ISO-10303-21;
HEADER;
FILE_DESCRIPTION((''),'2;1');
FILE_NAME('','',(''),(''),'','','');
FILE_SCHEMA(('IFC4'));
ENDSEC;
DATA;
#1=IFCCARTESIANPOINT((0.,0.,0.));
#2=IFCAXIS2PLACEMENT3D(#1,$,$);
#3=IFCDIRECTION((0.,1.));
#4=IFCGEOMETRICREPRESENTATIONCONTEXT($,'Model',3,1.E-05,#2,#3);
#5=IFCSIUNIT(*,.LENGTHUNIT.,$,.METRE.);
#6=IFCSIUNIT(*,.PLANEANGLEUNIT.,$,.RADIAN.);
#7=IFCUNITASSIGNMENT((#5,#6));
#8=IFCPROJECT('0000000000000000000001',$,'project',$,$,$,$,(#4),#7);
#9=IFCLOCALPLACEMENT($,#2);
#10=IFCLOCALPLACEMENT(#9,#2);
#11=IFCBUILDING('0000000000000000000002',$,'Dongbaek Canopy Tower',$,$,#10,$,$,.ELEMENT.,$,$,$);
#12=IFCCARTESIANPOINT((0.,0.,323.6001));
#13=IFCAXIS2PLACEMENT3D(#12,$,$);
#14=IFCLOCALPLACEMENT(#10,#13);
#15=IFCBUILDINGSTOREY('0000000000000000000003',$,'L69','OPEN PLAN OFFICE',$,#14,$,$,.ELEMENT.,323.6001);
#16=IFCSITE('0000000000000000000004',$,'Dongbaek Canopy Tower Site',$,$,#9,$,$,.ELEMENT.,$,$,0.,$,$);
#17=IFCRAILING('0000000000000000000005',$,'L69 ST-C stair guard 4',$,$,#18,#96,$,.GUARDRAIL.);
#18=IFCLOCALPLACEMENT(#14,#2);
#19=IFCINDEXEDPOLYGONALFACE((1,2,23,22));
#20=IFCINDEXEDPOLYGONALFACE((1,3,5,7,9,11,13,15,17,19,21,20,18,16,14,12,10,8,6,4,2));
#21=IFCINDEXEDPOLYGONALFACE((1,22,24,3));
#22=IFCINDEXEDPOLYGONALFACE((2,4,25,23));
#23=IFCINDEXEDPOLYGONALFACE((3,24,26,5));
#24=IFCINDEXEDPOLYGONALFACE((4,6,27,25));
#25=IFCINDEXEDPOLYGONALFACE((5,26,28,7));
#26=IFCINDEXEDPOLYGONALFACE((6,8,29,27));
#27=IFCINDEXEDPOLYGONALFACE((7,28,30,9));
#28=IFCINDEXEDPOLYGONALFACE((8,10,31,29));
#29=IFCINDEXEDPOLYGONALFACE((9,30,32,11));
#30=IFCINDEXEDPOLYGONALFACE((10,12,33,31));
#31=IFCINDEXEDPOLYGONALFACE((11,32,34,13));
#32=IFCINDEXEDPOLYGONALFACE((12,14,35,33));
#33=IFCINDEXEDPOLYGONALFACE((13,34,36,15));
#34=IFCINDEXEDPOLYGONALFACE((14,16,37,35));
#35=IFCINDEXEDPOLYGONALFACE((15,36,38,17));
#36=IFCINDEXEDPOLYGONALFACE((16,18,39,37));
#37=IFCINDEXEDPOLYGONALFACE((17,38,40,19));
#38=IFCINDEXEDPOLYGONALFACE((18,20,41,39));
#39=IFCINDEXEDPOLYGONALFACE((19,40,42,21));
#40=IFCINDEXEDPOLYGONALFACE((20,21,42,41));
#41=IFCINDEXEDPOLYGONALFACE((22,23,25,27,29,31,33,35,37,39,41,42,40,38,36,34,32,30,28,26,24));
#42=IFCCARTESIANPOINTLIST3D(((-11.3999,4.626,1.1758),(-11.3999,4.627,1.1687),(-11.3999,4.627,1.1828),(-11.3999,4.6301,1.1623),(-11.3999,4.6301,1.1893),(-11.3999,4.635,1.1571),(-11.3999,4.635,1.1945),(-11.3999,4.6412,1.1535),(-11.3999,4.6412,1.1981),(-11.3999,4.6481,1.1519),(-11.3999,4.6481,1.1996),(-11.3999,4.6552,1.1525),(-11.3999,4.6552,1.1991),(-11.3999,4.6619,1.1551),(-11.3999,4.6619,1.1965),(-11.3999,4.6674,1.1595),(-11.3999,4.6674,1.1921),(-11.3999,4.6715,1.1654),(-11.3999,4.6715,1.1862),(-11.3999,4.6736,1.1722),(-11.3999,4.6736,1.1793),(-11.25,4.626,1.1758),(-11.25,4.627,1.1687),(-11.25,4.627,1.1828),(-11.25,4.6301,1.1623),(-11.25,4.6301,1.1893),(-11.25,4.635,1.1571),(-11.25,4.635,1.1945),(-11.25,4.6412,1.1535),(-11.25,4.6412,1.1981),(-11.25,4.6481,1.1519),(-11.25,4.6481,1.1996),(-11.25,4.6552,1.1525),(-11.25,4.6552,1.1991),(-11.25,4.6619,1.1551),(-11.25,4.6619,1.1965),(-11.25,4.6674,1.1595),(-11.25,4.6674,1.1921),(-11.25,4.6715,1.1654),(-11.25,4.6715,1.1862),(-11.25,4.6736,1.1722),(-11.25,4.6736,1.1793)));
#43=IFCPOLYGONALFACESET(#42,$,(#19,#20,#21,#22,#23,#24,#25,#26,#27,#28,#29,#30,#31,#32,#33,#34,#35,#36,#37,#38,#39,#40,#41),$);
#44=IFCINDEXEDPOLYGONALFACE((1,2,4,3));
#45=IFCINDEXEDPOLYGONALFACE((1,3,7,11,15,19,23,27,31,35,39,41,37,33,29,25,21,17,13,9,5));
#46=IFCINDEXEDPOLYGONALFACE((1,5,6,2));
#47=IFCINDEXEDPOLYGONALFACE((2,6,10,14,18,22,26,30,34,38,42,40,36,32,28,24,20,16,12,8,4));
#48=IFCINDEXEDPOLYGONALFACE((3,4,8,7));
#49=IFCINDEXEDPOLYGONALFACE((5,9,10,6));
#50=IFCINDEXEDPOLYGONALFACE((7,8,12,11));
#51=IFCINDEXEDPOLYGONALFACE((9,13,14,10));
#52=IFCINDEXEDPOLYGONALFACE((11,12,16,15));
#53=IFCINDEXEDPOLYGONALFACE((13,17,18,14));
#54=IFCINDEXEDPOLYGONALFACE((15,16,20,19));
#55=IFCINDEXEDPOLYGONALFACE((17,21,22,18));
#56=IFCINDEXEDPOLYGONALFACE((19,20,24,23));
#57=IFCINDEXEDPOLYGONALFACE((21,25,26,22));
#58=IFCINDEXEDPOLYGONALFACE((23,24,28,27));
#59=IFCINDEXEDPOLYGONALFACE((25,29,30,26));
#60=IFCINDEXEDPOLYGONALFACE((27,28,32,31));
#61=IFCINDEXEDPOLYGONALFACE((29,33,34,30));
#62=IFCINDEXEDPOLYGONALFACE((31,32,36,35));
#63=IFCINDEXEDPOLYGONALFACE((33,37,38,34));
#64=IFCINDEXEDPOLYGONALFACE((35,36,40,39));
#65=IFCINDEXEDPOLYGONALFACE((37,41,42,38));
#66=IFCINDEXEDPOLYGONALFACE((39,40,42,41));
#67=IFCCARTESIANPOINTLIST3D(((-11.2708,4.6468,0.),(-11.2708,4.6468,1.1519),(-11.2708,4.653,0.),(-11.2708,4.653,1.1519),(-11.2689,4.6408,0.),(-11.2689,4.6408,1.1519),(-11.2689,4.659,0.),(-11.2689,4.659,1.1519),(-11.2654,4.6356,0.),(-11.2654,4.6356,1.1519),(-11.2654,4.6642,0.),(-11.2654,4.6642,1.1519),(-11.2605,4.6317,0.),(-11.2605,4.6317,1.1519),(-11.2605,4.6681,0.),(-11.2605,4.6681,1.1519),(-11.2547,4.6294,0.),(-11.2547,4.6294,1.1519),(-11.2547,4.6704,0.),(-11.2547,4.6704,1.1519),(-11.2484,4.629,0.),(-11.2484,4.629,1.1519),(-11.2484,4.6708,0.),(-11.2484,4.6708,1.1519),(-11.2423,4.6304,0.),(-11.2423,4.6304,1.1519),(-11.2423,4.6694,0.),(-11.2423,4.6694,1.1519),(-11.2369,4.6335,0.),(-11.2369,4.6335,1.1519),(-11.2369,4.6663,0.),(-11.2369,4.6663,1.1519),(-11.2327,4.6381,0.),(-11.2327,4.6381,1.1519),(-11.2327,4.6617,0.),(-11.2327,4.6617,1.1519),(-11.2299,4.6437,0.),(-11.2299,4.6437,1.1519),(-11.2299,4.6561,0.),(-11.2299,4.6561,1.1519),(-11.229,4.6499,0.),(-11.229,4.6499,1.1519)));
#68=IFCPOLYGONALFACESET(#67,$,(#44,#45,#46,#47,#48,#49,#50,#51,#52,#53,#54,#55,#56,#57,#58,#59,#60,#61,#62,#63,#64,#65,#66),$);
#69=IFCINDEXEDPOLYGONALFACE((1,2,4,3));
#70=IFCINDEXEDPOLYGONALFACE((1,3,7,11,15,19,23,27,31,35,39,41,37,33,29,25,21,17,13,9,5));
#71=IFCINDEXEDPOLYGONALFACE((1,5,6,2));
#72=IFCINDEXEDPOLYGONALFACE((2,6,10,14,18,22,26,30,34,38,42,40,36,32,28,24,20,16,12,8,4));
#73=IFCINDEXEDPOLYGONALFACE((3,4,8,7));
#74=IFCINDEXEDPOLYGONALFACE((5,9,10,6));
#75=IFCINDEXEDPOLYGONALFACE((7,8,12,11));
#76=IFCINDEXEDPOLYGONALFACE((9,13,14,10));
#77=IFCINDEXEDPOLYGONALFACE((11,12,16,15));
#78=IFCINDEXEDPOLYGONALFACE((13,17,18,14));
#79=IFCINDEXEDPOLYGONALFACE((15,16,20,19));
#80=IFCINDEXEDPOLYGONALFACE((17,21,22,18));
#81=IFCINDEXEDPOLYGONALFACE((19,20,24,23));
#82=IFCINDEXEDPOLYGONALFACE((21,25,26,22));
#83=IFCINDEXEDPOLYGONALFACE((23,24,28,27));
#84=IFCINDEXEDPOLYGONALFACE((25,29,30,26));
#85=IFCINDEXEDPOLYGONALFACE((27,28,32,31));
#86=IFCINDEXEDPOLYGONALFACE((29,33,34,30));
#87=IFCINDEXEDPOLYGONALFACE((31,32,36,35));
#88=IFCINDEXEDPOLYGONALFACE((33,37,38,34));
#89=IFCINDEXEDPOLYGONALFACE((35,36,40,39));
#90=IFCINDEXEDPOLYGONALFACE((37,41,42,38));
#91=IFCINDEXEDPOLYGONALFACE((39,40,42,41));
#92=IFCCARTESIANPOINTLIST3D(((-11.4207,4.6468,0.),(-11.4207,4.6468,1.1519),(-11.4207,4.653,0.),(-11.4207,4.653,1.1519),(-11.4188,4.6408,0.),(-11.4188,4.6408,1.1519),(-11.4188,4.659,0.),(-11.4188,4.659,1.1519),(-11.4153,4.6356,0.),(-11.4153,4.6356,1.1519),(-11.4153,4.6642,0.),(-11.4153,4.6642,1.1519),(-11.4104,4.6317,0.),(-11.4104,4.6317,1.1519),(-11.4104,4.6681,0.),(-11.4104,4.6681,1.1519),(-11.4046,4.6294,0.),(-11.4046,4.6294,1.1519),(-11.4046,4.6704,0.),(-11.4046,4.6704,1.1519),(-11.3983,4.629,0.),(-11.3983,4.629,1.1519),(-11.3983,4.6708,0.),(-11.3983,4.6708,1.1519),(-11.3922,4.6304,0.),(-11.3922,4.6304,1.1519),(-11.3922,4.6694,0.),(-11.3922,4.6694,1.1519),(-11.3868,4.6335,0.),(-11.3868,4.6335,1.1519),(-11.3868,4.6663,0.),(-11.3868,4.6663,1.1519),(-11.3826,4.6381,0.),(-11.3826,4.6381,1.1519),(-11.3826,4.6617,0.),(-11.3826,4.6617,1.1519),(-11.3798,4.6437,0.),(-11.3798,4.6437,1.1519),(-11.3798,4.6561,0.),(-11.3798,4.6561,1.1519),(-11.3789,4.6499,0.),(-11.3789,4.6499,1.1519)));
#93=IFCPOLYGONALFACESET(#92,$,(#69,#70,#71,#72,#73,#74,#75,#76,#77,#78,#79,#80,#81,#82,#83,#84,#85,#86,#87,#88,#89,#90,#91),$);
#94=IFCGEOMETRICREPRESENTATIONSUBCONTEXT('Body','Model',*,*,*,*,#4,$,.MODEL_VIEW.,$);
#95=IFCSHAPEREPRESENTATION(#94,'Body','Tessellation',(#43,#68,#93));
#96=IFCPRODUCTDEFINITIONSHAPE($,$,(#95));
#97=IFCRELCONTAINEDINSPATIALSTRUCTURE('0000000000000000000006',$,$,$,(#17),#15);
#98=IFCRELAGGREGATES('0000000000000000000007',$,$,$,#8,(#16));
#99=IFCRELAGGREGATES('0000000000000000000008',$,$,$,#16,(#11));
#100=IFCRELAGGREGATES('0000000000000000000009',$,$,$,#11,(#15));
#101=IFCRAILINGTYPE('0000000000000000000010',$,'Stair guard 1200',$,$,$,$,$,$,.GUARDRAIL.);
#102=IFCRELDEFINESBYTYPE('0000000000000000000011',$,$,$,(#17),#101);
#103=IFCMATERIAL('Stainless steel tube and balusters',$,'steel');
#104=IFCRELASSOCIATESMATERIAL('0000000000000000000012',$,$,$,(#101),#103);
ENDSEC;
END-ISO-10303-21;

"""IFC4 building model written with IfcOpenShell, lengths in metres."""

from ifc_helpers import new_model, si_unit, direction, frame, origin, origin_2d, place, context, subcontext, project, spatial, circle, extrude, material, type_object, element, save


model = new_model("IFC4")

# Units and contexts
model_context = context("Model", 3, precision=1e-05, world=origin(), true_north=direction((0.0, 1.0)))
body_context = subcontext(model_context, "Body", "Model", "MODEL_VIEW")
ifc_project = project(units=[si_unit("LENGTHUNIT", "METRE"), si_unit("PLANEANGLEUNIT", "RADIAN")], contexts=[model_context])

# Site, building, storey
site_placement = place(None, origin())
site = spatial("IfcSite", under=ifc_project, at=site_placement, Name="Dongbaek Canopy Tower Site", CompositionType="ELEMENT", RefElevation=0.0)
building_placement = place(site_placement, origin())
building = spatial("IfcBuilding", under=site, at=building_placement, Name="Dongbaek Canopy Tower", CompositionType="ELEMENT")
storey_placement = place(building_placement, frame((0.0, 0.0, 323.6001)))
storey = spatial("IfcBuildingStorey", under=building, at=storey_placement, Name="L69", Description="OPEN PLAN OFFICE", CompositionType="ELEMENT", Elevation=323.6001)

# Railing
ifc_material_1 = material(Name="Stainless steel tube and balusters", Category="steel")
railing_type_1 = type_object("IfcRailingType", Name="Stair guard 1200", PredefinedType="GUARDRAIL", material=ifc_material_1)
railing_1_placement = place(storey_placement, frame((-11.25, 4.6499, 0.0)))
element("IfcRailing", 1, at=railing_1_placement, inside=storey, type_object=railing_type_1, Name="L69 ST-C stair guard 4", PredefinedType="GUARDRAIL", context=body_context, shape_type="SweptSolid", body=[
    extrude(circle(Radius=0.0239, at=origin_2d()), frame((0.0, 0.0, 1.1758), z_axis=(-1.0, 0.0, 0.0), x_axis=(0.0, -1.0, 0.0)), (0.0, 0.0, 1.0), 0.1499),
    extrude(circle(Radius=0.021, at=origin_2d()), origin(), (0.0, 0.0, 1.0), 1.1519),
    extrude(circle(Radius=0.021, at=origin_2d()), frame((-0.1499, 0.0, 0.0)), (0.0, 0.0, 1.0), 1.1519),
])

save(model, "model.ifc")
